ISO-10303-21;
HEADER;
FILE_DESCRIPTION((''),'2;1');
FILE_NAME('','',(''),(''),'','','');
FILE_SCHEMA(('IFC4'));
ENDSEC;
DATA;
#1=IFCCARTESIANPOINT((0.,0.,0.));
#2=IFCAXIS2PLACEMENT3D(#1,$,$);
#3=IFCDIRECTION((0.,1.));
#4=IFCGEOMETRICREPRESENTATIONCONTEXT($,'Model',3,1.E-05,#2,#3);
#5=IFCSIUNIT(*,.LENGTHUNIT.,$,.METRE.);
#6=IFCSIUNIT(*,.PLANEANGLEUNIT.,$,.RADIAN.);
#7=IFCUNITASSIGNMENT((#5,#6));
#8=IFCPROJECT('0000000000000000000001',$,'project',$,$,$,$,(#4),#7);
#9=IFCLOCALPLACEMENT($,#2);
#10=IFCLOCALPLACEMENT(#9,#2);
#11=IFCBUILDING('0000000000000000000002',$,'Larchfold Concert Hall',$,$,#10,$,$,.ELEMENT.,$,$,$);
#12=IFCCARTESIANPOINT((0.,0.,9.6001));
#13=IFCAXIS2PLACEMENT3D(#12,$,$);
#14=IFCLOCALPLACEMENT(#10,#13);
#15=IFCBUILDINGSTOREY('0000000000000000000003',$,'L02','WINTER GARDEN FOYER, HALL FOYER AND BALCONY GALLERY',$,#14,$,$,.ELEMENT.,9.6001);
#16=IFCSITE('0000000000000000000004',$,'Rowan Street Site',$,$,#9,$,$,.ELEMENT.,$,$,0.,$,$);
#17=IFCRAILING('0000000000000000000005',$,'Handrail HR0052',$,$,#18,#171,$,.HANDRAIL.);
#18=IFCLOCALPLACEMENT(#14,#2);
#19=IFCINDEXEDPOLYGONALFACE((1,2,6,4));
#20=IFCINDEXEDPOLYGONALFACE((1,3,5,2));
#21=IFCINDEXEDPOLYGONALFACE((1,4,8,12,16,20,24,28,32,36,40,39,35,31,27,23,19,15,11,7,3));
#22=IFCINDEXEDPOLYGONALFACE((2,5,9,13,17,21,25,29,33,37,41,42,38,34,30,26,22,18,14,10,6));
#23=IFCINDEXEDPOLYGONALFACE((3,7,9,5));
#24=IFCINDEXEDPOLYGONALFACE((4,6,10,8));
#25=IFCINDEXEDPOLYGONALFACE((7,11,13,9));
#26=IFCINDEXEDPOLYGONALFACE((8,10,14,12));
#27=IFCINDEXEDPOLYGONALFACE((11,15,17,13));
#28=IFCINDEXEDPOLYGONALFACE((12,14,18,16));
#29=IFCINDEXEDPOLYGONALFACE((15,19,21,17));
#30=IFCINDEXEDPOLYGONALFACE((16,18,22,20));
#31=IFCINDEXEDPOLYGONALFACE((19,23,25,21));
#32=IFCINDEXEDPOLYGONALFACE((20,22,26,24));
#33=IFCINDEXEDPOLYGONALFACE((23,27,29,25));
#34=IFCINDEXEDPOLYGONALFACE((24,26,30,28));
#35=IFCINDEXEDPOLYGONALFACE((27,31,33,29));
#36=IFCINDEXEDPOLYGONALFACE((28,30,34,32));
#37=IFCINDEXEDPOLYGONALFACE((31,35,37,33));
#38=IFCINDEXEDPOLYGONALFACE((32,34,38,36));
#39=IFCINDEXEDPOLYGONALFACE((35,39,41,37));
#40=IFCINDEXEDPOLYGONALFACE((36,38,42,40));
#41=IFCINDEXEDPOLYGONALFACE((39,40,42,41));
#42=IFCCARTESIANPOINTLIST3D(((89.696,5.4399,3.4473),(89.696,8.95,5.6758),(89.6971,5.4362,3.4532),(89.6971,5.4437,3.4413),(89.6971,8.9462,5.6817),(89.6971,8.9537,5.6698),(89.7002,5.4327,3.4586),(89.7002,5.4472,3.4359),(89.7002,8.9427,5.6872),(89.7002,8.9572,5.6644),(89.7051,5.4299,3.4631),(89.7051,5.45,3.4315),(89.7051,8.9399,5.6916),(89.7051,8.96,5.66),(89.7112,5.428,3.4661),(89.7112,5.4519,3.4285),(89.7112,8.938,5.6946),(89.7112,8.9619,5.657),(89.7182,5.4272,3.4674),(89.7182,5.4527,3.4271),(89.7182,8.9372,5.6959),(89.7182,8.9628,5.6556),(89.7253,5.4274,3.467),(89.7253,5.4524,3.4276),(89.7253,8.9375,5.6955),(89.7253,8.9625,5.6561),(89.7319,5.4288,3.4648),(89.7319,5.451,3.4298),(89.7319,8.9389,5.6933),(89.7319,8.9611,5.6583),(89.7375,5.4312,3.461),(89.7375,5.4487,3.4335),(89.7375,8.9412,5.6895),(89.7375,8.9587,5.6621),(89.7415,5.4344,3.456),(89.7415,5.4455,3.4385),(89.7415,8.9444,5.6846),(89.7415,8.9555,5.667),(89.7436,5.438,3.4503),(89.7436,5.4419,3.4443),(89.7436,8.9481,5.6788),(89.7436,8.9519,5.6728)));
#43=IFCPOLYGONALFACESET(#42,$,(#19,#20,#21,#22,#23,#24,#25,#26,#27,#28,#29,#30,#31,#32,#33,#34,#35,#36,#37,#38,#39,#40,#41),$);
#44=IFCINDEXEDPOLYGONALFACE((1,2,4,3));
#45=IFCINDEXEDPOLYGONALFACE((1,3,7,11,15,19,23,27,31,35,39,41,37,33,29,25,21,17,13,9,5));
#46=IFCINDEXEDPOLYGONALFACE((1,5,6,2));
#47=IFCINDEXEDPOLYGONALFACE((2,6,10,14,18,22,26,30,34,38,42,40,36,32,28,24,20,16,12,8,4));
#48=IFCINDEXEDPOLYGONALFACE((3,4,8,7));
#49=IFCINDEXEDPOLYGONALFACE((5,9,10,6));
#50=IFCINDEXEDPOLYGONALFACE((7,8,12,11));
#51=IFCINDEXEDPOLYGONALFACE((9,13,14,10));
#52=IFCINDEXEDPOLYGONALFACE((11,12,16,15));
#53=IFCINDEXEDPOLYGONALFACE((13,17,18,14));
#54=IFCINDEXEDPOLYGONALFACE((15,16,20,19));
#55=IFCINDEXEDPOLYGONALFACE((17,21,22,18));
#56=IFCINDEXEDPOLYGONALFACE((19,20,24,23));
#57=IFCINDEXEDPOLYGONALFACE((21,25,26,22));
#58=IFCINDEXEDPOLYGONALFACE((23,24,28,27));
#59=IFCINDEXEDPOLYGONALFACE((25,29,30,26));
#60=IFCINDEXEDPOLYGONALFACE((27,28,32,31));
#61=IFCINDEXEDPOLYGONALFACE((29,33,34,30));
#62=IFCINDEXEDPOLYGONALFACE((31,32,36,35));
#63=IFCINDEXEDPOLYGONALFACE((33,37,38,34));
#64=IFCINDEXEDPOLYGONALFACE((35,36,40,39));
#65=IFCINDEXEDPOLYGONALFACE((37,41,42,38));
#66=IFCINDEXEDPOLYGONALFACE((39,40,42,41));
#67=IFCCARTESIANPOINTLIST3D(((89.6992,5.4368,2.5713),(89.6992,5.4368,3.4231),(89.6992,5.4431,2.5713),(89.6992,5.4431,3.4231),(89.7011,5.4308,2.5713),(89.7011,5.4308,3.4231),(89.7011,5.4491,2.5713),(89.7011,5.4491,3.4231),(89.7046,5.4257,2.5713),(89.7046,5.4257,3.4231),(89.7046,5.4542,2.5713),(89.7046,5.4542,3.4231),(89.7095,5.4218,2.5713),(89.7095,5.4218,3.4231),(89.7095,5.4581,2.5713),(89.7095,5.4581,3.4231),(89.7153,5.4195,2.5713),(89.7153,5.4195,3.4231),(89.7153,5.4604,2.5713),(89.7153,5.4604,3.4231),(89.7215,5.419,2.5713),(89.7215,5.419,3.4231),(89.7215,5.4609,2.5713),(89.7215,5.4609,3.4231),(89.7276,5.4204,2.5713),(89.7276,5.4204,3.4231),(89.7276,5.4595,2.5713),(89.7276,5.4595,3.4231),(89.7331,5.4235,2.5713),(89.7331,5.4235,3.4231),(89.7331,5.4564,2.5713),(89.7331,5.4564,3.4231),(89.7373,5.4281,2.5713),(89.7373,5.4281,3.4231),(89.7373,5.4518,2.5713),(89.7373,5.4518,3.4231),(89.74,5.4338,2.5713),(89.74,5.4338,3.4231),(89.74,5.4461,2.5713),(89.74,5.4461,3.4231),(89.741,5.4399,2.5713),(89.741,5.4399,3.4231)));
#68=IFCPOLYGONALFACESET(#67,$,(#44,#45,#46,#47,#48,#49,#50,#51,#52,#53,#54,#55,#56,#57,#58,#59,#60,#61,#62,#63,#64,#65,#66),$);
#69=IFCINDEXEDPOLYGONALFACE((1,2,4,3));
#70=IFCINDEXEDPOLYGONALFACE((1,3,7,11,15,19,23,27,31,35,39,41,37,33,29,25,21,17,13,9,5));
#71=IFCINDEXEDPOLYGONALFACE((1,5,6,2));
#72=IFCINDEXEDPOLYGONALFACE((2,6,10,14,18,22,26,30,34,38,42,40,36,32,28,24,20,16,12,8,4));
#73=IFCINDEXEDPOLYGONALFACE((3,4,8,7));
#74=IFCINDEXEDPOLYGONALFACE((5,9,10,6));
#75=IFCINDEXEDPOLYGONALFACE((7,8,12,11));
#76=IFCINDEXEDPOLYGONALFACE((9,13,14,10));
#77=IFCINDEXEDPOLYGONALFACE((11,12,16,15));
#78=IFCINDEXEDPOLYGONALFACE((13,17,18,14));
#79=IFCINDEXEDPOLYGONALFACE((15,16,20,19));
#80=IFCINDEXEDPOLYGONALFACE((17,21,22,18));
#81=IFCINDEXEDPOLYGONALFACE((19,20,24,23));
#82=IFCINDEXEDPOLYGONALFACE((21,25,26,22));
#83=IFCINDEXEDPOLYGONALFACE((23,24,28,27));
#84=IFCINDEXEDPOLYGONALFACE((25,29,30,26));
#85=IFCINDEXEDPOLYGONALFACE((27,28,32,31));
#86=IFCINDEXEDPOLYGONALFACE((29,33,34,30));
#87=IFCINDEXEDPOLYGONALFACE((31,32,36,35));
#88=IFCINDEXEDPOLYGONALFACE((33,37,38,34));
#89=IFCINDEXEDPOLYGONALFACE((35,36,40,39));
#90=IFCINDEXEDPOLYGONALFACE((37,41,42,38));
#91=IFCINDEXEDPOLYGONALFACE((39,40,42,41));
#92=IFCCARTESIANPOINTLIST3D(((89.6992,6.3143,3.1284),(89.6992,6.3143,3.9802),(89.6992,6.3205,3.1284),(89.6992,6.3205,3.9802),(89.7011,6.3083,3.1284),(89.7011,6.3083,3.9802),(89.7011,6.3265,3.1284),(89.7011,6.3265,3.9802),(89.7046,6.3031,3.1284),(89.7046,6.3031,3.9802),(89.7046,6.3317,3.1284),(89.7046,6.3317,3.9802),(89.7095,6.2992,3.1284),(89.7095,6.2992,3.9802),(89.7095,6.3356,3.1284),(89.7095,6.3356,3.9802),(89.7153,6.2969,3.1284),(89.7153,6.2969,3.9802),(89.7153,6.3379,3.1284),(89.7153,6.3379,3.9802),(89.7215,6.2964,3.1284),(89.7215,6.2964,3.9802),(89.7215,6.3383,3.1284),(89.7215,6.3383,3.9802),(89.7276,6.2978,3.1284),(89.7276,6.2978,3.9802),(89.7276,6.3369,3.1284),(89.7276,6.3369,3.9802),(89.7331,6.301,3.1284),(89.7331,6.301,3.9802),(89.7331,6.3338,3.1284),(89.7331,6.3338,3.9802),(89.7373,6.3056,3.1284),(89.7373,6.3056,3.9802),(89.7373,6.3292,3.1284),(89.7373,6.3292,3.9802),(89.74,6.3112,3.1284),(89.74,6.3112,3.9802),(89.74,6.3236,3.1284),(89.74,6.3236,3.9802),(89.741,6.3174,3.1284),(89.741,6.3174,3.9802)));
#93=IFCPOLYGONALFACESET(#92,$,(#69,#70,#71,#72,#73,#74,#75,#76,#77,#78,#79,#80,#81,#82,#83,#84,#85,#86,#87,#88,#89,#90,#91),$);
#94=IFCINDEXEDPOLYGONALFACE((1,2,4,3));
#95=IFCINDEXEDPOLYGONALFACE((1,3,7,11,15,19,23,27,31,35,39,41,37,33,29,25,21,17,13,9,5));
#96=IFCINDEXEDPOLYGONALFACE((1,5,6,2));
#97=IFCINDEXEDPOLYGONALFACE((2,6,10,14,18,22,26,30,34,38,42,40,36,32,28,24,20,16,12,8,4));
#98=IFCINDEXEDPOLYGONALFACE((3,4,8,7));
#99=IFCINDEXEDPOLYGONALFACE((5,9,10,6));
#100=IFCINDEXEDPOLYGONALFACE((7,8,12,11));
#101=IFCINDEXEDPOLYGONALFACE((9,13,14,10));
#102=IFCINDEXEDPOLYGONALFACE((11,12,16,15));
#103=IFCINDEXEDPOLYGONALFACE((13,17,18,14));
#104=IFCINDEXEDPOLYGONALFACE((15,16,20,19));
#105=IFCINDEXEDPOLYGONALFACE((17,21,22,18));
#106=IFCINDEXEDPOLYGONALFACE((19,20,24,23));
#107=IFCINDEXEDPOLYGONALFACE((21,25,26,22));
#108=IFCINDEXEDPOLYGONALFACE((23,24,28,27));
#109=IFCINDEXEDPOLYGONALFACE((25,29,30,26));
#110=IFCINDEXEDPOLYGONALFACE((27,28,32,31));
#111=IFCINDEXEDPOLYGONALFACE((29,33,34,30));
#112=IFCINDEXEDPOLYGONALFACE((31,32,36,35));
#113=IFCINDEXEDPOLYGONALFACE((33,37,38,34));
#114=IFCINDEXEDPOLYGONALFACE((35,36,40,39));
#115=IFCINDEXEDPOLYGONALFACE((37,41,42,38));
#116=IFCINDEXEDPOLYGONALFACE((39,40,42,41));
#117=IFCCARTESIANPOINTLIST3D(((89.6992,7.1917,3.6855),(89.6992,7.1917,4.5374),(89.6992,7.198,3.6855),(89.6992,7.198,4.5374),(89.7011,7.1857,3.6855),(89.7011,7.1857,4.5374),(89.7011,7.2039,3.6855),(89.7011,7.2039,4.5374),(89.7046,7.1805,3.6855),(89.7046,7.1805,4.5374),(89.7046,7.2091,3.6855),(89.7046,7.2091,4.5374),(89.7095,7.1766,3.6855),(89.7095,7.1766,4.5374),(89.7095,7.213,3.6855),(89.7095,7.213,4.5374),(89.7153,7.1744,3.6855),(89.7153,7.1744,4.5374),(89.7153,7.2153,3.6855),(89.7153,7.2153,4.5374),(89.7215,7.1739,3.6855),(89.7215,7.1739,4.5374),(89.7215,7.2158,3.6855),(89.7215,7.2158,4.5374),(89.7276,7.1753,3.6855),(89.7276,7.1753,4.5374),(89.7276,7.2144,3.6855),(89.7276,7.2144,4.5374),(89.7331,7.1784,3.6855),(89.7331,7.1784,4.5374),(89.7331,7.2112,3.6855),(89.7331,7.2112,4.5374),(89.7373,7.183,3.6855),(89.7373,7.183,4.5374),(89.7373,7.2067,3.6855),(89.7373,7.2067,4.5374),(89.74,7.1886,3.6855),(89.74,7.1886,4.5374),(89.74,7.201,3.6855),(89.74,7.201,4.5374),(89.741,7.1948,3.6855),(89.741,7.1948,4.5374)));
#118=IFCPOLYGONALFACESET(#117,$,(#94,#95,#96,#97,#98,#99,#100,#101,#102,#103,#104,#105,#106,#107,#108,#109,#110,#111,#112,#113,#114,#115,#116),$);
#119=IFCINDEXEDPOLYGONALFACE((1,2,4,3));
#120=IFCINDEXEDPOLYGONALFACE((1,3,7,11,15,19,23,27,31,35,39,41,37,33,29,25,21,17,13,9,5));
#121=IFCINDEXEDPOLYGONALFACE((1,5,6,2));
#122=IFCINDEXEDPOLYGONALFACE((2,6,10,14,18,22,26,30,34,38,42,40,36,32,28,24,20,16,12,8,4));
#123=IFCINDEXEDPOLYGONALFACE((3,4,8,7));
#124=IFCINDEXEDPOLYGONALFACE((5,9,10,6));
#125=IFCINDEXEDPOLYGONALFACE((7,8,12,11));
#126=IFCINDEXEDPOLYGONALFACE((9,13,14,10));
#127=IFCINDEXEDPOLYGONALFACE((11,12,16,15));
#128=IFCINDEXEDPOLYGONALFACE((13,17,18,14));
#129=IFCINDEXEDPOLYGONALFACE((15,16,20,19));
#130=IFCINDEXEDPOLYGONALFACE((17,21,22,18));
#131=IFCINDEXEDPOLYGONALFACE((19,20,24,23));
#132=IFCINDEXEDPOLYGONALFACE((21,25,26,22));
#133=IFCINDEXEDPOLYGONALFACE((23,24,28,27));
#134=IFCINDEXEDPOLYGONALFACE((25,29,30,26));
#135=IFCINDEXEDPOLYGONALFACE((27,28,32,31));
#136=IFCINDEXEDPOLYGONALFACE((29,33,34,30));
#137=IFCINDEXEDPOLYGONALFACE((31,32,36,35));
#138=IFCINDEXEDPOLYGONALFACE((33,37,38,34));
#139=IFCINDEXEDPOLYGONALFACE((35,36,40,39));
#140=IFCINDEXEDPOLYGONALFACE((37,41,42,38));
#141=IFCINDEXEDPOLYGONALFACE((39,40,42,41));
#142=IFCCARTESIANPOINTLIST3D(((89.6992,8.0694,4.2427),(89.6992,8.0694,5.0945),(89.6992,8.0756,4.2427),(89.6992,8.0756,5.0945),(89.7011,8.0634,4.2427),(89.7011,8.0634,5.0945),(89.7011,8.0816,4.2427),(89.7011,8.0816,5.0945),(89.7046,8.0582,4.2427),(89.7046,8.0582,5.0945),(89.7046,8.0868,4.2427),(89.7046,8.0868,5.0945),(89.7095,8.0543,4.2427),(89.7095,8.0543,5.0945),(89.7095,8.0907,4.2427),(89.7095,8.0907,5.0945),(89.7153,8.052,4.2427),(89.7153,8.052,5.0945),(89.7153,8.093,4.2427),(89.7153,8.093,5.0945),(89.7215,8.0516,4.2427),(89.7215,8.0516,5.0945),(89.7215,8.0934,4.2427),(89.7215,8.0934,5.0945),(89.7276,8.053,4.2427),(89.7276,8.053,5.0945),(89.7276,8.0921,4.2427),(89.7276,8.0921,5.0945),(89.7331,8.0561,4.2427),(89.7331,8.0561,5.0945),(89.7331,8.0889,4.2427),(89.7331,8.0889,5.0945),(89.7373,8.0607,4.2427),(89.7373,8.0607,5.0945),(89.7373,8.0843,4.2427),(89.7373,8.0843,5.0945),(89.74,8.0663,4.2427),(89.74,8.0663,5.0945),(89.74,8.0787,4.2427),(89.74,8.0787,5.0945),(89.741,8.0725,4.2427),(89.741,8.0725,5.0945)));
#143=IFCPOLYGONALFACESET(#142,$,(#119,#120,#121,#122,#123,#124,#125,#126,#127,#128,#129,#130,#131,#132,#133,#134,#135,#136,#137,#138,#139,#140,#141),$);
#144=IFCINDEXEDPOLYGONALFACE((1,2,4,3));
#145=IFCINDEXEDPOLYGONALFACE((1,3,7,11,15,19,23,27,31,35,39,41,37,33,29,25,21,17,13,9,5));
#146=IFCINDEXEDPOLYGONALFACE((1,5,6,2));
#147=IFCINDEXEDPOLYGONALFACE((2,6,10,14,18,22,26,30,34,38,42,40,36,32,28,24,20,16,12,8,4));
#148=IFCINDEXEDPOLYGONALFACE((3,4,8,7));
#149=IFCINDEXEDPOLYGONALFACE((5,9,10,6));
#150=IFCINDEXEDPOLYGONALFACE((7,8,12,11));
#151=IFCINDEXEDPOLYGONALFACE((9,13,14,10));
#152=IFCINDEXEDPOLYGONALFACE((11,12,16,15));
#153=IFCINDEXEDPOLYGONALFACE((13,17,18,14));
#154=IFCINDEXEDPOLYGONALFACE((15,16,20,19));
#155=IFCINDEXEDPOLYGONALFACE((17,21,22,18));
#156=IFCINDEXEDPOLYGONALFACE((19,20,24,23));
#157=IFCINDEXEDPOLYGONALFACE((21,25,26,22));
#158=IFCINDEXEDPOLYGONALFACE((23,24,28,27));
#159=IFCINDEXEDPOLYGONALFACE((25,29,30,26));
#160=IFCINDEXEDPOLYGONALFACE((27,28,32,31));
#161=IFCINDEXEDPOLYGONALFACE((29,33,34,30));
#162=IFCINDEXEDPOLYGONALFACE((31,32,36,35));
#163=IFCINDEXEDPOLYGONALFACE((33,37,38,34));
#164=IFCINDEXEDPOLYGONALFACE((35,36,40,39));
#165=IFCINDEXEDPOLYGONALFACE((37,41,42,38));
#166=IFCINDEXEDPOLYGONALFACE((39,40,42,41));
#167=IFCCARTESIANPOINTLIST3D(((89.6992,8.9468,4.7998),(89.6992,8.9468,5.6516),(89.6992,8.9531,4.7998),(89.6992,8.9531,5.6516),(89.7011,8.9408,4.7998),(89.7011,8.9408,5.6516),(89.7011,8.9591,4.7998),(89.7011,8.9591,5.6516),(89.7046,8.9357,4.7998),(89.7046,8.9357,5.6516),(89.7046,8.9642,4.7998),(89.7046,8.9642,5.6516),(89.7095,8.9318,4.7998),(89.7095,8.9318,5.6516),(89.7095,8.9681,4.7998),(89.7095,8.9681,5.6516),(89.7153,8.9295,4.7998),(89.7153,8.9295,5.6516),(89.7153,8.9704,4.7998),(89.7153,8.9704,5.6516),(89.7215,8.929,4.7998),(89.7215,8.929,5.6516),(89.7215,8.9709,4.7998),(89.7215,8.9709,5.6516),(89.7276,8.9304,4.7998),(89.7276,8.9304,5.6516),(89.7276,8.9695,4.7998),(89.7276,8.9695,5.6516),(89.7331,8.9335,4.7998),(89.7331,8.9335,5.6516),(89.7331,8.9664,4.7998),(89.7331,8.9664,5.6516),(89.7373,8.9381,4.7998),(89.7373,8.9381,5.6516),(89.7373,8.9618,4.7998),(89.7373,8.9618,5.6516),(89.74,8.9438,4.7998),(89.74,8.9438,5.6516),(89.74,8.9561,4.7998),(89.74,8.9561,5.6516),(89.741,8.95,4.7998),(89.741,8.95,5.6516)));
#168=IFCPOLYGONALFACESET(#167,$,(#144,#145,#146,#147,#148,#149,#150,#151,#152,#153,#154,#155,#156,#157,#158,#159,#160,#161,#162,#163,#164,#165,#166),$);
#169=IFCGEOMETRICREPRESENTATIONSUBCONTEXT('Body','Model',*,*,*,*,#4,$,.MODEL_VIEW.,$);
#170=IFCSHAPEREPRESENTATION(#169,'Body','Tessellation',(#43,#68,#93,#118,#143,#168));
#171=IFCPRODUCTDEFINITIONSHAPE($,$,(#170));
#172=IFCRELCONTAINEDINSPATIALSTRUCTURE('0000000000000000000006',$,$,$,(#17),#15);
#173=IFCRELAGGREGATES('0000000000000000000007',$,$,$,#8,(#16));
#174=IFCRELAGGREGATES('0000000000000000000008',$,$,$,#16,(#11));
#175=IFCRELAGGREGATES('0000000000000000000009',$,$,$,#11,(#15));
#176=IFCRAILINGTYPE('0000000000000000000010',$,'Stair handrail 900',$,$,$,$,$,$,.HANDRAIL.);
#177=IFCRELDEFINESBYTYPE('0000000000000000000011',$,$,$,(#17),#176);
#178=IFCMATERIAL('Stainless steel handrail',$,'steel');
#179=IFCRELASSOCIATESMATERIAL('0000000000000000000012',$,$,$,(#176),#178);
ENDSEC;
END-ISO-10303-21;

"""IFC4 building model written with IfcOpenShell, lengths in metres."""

from ifc_helpers import new_model, si_unit, direction, frame, origin, origin_2d, place, context, subcontext, project, spatial, circle, extrude, material, type_object, element, save


model = new_model("IFC4")

# Units and contexts
model_context = context("Model", 3, precision=1e-05, world=origin(), true_north=direction((0.0, 1.0)))
body_context = subcontext(model_context, "Body", "Model", "MODEL_VIEW")
ifc_project = project(units=[si_unit("LENGTHUNIT", "METRE"), si_unit("PLANEANGLEUNIT", "RADIAN")], contexts=[model_context])

# Site, building, storey
site_placement = place(None, origin())
site = spatial("IfcSite", under=ifc_project, at=site_placement, Name="Rowan Street Site", CompositionType="ELEMENT", RefElevation=0.0)
building_placement = place(site_placement, origin())
building = spatial("IfcBuilding", under=site, at=building_placement, Name="Larchfold Concert Hall", CompositionType="ELEMENT")
storey_placement = place(building_placement, frame((0.0, 0.0, 9.6001)))
storey = spatial("IfcBuildingStorey", under=building, at=storey_placement, Name="L02", Description="WINTER GARDEN FOYER, HALL FOYER AND BALCONY GALLERY", CompositionType="ELEMENT", Elevation=9.6001)

# Railing
ifc_material_1 = material(Name="Stainless steel handrail", Category="steel")
railing_type_1 = type_object("IfcRailingType", Name="Stair handrail 900", PredefinedType="HANDRAIL", material=ifc_material_1)
railing_1_placement = place(storey_placement, frame((89.72, 5.4399, 2.5713)))
element("IfcRailing", 1, at=railing_1_placement, inside=storey, type_object=railing_type_1, Name="Handrail HR0052", PredefinedType="HANDRAIL", context=body_context, shape_type="SweptSolid", body=[
    extrude(circle(Radius=0.0239, at=origin_2d()), frame((0.0, 0.0, 0.876), z_axis=(0.0, 0.84422, 0.535998), x_axis=(-1.0, 0.0, 0.0)), (0.0, 0.0, 1.0), 4.1577),
    extrude(circle(Radius=0.021, at=origin_2d()), origin(), (0.0, 0.0, 1.0), 0.8518),
    extrude(circle(Radius=0.021, at=origin_2d()), frame((0.0, 0.8774, 0.5571)), (0.0, 0.0, 1.0), 0.8518),
    extrude(circle(Radius=0.021, at=origin_2d()), frame((0.0, 1.7549, 1.1143)), (0.0, 0.0, 1.0), 0.8518),
    extrude(circle(Radius=0.021, at=origin_2d()), frame((0.0, 2.6326, 1.6714)), (0.0, 0.0, 1.0), 0.8518),
    extrude(circle(Radius=0.021, at=origin_2d()), frame((0.0, 3.51, 2.2285)), (0.0, 0.0, 1.0), 0.8518),
])

save(model, "model.ifc")
